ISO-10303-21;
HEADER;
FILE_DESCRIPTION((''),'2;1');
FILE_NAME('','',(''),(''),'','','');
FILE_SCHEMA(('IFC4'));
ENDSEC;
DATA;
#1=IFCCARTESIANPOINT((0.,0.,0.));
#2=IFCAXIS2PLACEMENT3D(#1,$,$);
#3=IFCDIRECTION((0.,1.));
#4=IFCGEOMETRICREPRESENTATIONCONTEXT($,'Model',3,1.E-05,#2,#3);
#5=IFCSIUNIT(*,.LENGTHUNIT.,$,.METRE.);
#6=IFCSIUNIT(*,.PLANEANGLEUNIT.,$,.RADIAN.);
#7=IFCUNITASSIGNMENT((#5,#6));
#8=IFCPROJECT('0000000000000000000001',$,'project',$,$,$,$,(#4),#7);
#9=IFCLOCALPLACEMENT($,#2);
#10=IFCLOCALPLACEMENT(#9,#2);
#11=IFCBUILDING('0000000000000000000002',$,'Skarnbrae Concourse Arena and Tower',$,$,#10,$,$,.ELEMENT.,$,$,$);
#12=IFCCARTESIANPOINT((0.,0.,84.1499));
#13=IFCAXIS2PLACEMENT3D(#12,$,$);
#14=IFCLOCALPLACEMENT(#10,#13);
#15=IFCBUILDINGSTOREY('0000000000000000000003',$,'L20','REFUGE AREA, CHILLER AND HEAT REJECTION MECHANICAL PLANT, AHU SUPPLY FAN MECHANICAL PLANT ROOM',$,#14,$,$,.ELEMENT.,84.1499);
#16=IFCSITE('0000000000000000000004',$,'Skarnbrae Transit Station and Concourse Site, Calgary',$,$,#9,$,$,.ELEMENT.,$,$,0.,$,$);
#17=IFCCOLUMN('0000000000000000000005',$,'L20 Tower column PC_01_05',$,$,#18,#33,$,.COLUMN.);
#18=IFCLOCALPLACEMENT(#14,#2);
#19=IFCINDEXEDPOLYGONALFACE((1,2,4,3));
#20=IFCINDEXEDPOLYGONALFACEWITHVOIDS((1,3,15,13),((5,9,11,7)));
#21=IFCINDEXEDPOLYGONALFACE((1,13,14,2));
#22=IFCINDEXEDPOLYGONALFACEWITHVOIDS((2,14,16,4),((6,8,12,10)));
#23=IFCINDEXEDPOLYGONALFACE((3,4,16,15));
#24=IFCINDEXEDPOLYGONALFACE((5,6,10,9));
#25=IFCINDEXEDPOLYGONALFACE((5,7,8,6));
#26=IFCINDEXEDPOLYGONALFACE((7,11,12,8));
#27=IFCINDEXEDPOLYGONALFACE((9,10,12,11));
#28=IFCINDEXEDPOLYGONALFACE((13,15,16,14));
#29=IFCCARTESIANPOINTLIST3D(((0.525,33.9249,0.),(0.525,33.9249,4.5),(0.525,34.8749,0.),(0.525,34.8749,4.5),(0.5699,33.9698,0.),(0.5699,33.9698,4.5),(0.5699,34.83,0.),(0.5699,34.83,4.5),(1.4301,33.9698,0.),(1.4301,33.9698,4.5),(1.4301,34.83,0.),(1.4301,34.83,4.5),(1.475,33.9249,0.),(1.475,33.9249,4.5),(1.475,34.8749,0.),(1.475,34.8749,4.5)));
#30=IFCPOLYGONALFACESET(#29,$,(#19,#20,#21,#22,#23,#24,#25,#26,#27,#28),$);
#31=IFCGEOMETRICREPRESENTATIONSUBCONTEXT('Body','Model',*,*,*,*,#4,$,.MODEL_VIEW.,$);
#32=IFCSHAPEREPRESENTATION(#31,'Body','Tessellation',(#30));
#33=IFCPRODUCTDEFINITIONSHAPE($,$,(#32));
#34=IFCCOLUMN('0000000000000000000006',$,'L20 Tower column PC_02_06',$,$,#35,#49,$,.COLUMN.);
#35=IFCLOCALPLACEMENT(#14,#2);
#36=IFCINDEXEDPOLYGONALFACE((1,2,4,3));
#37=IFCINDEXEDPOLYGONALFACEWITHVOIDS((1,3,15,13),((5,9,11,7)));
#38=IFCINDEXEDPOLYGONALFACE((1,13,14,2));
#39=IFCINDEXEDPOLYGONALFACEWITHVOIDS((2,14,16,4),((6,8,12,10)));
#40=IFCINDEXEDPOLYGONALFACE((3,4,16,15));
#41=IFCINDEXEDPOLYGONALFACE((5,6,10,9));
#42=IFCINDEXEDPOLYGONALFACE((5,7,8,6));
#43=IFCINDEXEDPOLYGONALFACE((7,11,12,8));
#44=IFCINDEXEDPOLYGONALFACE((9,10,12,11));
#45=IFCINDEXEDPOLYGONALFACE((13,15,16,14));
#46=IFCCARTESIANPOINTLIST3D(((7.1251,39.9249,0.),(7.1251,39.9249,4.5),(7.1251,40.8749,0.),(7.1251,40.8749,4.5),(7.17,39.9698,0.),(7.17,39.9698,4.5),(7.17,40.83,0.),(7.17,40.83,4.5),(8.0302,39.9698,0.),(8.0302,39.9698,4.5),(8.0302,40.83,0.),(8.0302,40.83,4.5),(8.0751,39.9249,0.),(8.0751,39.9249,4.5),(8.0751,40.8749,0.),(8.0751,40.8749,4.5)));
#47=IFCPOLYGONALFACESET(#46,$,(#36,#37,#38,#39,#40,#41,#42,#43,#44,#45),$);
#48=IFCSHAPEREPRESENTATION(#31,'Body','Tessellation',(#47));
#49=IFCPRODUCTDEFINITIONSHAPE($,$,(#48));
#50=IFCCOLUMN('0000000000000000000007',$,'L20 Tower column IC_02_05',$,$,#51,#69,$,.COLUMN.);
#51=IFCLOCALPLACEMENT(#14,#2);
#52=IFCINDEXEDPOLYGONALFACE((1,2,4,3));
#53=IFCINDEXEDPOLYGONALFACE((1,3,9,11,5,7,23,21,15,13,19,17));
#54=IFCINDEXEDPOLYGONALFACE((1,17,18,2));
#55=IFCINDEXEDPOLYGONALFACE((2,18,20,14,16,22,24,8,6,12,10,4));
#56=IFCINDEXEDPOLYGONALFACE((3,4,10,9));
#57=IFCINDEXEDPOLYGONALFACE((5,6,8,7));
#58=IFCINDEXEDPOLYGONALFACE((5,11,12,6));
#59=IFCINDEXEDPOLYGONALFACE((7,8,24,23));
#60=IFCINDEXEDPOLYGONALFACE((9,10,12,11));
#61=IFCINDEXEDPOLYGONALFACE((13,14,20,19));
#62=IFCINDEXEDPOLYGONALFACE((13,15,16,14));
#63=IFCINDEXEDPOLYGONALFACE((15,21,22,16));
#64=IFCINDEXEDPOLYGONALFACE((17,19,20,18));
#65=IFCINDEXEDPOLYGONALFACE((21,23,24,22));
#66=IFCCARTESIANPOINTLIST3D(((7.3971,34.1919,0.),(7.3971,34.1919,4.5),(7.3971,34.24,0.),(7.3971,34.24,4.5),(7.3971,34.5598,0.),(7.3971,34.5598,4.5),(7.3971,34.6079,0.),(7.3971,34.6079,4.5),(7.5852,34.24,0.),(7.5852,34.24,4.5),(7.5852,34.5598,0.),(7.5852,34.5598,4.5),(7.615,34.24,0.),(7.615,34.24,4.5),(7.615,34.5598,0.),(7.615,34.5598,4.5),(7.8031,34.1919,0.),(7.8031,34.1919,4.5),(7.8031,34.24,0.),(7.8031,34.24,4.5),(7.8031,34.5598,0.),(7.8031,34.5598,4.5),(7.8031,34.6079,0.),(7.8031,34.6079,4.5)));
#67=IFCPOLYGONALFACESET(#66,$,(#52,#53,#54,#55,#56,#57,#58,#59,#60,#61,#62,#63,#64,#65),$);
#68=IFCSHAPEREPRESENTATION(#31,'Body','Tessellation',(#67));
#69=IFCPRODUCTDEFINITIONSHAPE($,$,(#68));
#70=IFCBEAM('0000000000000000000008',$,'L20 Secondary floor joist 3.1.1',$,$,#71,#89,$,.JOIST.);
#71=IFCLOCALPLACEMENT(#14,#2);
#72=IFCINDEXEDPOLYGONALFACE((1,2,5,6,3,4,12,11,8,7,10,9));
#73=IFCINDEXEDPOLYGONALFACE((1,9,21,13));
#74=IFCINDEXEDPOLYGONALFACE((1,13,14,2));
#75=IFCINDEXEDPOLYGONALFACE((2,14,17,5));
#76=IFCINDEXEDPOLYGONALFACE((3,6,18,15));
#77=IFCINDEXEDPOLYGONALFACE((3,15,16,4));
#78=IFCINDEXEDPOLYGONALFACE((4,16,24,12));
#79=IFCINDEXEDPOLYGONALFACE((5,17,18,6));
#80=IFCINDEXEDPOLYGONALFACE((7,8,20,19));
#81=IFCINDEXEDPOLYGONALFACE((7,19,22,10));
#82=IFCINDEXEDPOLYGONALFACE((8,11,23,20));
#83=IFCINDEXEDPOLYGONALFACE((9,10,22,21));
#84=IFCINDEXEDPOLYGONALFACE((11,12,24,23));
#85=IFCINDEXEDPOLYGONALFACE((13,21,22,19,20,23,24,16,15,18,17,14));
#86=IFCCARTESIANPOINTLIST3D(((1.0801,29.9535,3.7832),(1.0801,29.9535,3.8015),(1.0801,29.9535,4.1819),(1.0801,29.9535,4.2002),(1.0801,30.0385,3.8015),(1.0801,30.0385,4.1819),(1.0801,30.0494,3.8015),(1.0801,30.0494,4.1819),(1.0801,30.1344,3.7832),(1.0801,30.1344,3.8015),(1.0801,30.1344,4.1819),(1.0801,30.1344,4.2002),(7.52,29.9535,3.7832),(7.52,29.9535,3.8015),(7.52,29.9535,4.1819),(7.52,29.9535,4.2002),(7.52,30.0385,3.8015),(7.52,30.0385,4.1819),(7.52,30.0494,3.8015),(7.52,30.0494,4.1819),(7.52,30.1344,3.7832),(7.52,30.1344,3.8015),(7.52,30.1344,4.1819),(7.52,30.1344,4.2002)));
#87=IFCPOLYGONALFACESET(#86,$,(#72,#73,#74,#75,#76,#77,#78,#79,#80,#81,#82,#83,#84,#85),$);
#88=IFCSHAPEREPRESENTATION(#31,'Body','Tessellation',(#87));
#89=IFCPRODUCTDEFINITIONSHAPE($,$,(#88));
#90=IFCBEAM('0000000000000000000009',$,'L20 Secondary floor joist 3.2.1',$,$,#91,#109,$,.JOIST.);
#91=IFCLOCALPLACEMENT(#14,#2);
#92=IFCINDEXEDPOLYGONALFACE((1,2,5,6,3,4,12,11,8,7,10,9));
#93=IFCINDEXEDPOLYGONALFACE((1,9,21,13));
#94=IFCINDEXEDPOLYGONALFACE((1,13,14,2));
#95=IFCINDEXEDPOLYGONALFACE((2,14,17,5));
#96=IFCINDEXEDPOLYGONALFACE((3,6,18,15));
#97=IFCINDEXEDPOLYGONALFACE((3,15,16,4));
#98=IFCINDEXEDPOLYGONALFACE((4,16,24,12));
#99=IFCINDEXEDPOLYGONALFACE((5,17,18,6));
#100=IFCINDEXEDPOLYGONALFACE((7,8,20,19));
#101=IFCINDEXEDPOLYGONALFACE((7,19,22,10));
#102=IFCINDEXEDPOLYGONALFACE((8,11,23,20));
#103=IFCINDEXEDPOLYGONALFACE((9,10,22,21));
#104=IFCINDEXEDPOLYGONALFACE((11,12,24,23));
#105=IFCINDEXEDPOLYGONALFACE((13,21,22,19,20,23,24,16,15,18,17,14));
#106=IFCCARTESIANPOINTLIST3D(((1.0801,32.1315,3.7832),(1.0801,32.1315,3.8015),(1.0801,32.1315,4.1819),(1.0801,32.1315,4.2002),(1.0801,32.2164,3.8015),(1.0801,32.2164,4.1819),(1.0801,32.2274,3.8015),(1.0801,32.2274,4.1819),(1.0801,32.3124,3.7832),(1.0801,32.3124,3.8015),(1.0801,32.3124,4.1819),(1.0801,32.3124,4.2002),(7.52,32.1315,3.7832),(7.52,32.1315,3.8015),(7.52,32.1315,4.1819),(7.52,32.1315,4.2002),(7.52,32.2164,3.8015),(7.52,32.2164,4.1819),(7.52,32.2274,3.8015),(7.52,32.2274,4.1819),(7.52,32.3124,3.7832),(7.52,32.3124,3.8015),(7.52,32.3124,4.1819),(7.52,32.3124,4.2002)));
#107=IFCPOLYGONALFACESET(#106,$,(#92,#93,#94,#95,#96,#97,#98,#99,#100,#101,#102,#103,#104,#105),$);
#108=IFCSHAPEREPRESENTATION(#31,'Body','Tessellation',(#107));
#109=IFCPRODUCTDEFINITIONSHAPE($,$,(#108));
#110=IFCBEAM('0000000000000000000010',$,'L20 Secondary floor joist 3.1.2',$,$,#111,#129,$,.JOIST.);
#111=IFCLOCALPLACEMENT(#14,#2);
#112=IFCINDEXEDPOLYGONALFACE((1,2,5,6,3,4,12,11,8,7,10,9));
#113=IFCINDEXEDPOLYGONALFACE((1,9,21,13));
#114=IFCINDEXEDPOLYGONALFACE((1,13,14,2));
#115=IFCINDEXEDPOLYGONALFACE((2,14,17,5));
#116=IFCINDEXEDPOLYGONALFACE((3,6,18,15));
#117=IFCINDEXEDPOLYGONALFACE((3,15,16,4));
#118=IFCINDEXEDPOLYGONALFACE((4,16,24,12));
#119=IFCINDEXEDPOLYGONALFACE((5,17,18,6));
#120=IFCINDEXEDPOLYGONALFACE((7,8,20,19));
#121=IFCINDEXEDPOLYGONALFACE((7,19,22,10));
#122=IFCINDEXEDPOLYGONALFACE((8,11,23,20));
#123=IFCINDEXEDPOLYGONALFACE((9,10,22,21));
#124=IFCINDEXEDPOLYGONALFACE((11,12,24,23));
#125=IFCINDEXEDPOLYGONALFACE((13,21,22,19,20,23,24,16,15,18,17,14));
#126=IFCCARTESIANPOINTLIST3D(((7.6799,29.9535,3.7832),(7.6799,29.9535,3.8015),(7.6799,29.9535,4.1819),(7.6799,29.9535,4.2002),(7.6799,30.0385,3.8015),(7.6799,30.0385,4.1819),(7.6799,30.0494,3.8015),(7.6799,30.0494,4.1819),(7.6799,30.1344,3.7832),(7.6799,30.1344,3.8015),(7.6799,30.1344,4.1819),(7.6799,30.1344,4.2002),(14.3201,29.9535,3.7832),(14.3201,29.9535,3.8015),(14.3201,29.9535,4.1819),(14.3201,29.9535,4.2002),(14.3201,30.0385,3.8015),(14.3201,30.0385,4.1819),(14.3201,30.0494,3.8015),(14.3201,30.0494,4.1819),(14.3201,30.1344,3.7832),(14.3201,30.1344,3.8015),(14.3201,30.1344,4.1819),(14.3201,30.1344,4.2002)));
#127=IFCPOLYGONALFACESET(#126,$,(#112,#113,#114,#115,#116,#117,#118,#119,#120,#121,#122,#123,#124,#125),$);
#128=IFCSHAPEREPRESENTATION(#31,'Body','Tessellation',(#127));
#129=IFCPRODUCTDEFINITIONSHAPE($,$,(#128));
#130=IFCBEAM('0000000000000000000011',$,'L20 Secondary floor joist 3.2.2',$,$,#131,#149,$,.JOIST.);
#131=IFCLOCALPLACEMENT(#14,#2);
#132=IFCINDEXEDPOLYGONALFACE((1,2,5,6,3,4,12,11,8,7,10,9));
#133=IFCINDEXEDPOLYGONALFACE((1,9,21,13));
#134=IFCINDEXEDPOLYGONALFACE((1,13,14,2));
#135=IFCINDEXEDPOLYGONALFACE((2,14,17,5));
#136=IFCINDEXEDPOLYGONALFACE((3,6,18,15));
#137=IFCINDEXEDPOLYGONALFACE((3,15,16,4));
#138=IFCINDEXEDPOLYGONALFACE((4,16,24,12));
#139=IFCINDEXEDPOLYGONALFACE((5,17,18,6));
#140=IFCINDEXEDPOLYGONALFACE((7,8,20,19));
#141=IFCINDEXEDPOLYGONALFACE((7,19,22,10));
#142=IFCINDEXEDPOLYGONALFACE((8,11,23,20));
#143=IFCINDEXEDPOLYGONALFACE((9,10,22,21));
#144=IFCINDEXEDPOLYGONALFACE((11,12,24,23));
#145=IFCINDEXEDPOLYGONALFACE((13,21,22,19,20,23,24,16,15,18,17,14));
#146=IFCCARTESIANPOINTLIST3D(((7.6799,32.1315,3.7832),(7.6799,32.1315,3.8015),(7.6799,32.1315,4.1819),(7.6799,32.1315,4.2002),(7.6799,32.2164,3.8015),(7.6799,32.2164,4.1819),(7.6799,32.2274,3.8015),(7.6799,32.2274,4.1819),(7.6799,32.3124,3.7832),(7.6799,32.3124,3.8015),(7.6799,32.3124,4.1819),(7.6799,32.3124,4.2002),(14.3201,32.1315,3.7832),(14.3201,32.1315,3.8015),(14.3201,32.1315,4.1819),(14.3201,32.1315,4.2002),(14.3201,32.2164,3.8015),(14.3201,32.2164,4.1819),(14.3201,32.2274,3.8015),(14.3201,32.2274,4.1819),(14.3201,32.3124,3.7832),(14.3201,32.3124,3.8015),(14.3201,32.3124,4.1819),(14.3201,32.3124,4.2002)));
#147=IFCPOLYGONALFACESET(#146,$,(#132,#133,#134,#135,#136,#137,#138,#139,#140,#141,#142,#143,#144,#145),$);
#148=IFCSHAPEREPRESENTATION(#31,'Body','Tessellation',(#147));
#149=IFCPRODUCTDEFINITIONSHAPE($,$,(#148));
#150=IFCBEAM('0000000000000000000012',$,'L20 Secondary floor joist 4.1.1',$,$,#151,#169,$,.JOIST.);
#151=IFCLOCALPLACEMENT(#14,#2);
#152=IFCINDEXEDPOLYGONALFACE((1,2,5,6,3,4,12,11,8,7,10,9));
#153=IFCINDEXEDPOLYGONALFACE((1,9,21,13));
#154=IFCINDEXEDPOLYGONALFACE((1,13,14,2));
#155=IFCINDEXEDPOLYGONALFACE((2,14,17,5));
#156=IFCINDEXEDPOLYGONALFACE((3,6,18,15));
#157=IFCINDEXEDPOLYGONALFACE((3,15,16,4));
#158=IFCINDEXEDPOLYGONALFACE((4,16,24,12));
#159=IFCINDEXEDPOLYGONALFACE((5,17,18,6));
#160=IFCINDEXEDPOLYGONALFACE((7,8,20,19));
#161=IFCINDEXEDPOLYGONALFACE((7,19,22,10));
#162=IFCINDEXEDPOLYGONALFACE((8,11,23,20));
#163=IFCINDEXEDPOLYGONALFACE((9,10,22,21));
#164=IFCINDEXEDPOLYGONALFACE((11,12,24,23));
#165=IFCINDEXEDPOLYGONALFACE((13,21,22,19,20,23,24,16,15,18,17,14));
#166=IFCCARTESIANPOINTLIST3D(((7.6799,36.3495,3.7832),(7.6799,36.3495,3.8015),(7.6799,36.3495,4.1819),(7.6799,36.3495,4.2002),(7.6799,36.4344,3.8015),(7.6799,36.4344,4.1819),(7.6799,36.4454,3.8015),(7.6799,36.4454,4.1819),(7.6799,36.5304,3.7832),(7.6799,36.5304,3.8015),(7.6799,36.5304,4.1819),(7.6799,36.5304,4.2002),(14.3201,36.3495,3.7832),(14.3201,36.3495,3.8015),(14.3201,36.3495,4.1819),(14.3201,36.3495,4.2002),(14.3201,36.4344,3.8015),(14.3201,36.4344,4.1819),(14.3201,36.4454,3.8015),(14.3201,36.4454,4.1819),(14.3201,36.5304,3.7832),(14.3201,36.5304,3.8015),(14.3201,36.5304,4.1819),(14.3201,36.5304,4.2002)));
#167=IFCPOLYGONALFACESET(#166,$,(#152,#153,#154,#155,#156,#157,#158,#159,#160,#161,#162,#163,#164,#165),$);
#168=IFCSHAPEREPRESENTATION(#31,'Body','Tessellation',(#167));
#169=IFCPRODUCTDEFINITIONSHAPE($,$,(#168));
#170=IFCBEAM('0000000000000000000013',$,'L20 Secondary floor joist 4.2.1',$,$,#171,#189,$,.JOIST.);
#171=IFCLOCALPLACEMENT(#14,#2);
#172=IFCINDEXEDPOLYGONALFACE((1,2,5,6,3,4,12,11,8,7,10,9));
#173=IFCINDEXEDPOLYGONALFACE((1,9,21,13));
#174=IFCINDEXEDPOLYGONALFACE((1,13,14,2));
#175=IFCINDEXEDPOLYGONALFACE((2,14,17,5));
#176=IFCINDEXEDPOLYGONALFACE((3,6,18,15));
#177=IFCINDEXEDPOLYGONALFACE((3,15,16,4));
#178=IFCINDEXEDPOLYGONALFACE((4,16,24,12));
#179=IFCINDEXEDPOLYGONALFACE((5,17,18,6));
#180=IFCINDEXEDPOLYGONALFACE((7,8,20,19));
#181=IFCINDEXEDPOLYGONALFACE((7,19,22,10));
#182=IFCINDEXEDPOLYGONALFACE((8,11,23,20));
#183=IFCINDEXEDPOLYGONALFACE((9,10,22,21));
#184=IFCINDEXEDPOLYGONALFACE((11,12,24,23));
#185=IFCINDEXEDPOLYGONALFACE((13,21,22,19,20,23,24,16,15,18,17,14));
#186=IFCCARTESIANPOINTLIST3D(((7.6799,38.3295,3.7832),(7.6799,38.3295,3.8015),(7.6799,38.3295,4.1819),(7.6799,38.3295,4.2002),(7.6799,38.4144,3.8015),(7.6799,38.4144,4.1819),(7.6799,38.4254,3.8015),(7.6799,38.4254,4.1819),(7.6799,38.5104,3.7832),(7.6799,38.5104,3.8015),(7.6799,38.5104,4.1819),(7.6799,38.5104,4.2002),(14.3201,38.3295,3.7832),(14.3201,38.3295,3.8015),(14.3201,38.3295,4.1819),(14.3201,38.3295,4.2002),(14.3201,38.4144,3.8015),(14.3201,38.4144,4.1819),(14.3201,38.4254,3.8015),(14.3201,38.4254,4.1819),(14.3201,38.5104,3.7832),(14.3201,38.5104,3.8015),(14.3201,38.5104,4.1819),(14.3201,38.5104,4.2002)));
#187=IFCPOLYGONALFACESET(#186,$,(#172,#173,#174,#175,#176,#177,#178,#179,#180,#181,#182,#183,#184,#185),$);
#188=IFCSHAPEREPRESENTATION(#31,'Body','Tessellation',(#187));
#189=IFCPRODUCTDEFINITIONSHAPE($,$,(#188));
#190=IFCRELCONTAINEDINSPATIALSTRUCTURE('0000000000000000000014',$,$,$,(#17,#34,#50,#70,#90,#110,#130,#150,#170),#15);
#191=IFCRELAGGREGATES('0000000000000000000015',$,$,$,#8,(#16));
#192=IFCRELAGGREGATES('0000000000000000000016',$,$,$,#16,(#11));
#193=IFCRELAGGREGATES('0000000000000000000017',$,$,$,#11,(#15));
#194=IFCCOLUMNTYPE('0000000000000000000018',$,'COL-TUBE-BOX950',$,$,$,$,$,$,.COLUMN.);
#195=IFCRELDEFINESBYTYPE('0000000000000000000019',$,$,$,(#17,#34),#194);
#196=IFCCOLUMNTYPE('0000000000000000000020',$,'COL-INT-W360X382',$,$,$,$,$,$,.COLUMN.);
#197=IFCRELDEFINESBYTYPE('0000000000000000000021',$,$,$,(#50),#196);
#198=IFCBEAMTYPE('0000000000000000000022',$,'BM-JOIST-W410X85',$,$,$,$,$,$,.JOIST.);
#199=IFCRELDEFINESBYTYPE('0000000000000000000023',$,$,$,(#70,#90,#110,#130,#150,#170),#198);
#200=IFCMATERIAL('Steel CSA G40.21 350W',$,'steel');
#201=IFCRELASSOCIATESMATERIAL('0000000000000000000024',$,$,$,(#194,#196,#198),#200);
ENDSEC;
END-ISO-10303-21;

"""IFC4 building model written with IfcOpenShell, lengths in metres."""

from ifc_helpers import new_model, si_unit, direction, frame, origin, origin_2d, place, context, subcontext, project, spatial, hollow_rectangle, i_section, extrude, source, transform, mapped, material, material_profile, profile_set, type_object, element, save


model = new_model("IFC4")

# Units and contexts
model_context = context("Model", 3, precision=1e-05, world=origin(), true_north=direction((0.0, 1.0)))
body_context = subcontext(model_context, "Body", "Model", "MODEL_VIEW")
ifc_project = project(units=[si_unit("LENGTHUNIT", "METRE"), si_unit("PLANEANGLEUNIT", "RADIAN")], contexts=[model_context])

# Site, building, storey
site_placement = place(None, origin())
site = spatial("IfcSite", under=ifc_project, at=site_placement, Name="Skarnbrae Transit Station and Concourse Site, Calgary", CompositionType="ELEMENT", RefElevation=0.0)
building_placement = place(site_placement, origin())
building = spatial("IfcBuilding", under=site, at=building_placement, Name="Skarnbrae Concourse Arena and Tower", CompositionType="ELEMENT")
storey_placement = place(building_placement, frame((0.0, 0.0, 84.1499)))
storey = spatial("IfcBuildingStorey", under=building, at=storey_placement, Name="L20", Description="REFUGE AREA, CHILLER AND HEAT REJECTION MECHANICAL PLANT, AHU SUPPLY FAN MECHANICAL PLANT ROOM", CompositionType="ELEMENT", Elevation=84.1499)

# Columns
ifc_material_1 = material(Name="Steel CSA G40.21 350W", Category="steel")
ifc_material_profile_1 = material_profile(ifc_material_1, hollow_rectangle(XDim=0.95, YDim=0.95, WallThickness=0.0449, at=origin_2d()), Name="BOX950X950X45")
ifc_profile_set_1 = profile_set([ifc_material_profile_1], Name="Steel CSA G40.21 350W")
column_type_1 = type_object("IfcColumnType", Name="COL-TUBE-BOX950", PredefinedType="COLUMN", material=ifc_profile_set_1)
shared_shape_1 = source(origin(), body_context, "Body", "SweptSolid", [
    extrude(hollow_rectangle(XDim=0.95, YDim=0.95, WallThickness=0.0449, at=origin_2d()), origin(), (0.0, 0.0, 1.0), 4.5),
])
for number, where, z_axis, x_axis, name in (
    (1, (1.0, 34.3999, 0.0), (0.0, 0.0, 1.0), (1.0, 0.0, 0.0), "L20 Tower column PC_01_05"),
    (2, (7.6001, 40.3999, 0.0), (0.0, 0.0, 1.0), (1.0, 0.0, 0.0), "L20 Tower column PC_02_06"),
):
    element("IfcColumn", number, at=place(storey_placement, frame(where, z_axis=z_axis, x_axis=x_axis)), inside=storey, type_object=column_type_1, Name=name, PredefinedType="COLUMN", context=body_context, shape_type="MappedRepresentation", body=[
        mapped(shared_shape_1, transform((0.0, 0.0, 0.0))),
    ])
ifc_material_profile_2 = material_profile(ifc_material_1, i_section(OverallWidth=0.406, OverallDepth=0.416, WebThickness=0.0298, FlangeThickness=0.0481, at=origin_2d()), Name="W360X382")
ifc_profile_set_2 = profile_set([ifc_material_profile_2], Name="Steel CSA G40.21 350W")
column_type_2 = type_object("IfcColumnType", Name="COL-INT-W360X382", PredefinedType="COLUMN", material=ifc_profile_set_2)
shared_shape_2 = source(origin(), body_context, "Body", "SweptSolid", [
    extrude(i_section(OverallWidth=0.406, OverallDepth=0.416, WebThickness=0.0298, FlangeThickness=0.0481, at=origin_2d()), origin(), (0.0, 0.0, 1.0), 4.5),
])
column_placement = place(storey_placement, frame((7.6001, 34.3999, 0.0), z_axis=(0.0, 0.0, 1.0), x_axis=(1.0, 0.0, 0.0)))
element("IfcColumn", 3, at=column_placement, inside=storey, type_object=column_type_2, Name="L20 Tower column IC_02_05", PredefinedType="COLUMN", context=body_context, shape_type="MappedRepresentation", body=[
    mapped(shared_shape_2, transform((0.0, 0.0, 0.0))),
])

# Beams
ifc_material_profile_3 = material_profile(ifc_material_1, i_section(OverallWidth=0.1809, OverallDepth=0.417, WebThickness=0.011, FlangeThickness=0.0183, at=origin_2d()), Name="W410X85")
ifc_profile_set_3 = profile_set([ifc_material_profile_3], Name="Steel CSA G40.21 350W")
beam_type_1 = type_object("IfcBeamType", Name="BM-JOIST-W410X85", PredefinedType="JOIST", material=ifc_profile_set_3)
shared_shape_3 = source(origin(), body_context, "Body", "SweptSolid", [
    extrude(i_section(OverallWidth=0.1809, OverallDepth=0.417, WebThickness=0.011, FlangeThickness=0.0183, at=origin_2d()), origin(), (0.0, 0.0, 1.0), 6.4399),
])
for number, where, z_axis, x_axis, name in (
    (4, (1.0801, 30.0439, 3.9917), (1.0, 0.0, 0.0), (0.0, 1.0, 0.0), "L20 Secondary floor joist 3.1.1"),
    (5, (1.0801, 32.2219, 3.9917), (1.0, 0.0, 0.0), (0.0, 1.0, 0.0), "L20 Secondary floor joist 3.2.1"),
):
    element("IfcBeam", number, at=place(storey_placement, frame(where, z_axis=z_axis, x_axis=x_axis)), inside=storey, type_object=beam_type_1, Name=name, PredefinedType="JOIST", context=body_context, shape_type="MappedRepresentation", body=[
        mapped(shared_shape_3, transform((0.0, 0.0, 0.0))),
    ])
shared_shape_4 = source(origin(), body_context, "Body", "SweptSolid", [
    extrude(i_section(OverallWidth=0.1809, OverallDepth=0.417, WebThickness=0.011, FlangeThickness=0.0183, at=origin_2d()), origin(), (0.0, 0.0, 1.0), 6.6401),
])
for number, where, z_axis, x_axis, name in (
    (6, (7.6799, 30.0439, 3.9917), (1.0, 0.0, 0.0), (0.0, 1.0, 0.0), "L20 Secondary floor joist 3.1.2"),
    (7, (7.6799, 32.2219, 3.9917), (1.0, 0.0, 0.0), (0.0, 1.0, 0.0), "L20 Secondary floor joist 3.2.2"),
    (8, (7.6799, 36.4399, 3.9917), (1.0, 0.0, 0.0), (0.0, 1.0, 0.0), "L20 Secondary floor joist 4.1.1"),
    (9, (7.6799, 38.4199, 3.9917), (1.0, 0.0, 0.0), (0.0, 1.0, 0.0), "L20 Secondary floor joist 4.2.1"),
):
    element("IfcBeam", number, at=place(storey_placement, frame(where, z_axis=z_axis, x_axis=x_axis)), inside=storey, type_object=beam_type_1, Name=name, PredefinedType="JOIST", context=body_context, shape_type="MappedRepresentation", body=[
        mapped(shared_shape_4, transform((0.0, 0.0, 0.0))),
    ])

save(model, "model.ifc")
